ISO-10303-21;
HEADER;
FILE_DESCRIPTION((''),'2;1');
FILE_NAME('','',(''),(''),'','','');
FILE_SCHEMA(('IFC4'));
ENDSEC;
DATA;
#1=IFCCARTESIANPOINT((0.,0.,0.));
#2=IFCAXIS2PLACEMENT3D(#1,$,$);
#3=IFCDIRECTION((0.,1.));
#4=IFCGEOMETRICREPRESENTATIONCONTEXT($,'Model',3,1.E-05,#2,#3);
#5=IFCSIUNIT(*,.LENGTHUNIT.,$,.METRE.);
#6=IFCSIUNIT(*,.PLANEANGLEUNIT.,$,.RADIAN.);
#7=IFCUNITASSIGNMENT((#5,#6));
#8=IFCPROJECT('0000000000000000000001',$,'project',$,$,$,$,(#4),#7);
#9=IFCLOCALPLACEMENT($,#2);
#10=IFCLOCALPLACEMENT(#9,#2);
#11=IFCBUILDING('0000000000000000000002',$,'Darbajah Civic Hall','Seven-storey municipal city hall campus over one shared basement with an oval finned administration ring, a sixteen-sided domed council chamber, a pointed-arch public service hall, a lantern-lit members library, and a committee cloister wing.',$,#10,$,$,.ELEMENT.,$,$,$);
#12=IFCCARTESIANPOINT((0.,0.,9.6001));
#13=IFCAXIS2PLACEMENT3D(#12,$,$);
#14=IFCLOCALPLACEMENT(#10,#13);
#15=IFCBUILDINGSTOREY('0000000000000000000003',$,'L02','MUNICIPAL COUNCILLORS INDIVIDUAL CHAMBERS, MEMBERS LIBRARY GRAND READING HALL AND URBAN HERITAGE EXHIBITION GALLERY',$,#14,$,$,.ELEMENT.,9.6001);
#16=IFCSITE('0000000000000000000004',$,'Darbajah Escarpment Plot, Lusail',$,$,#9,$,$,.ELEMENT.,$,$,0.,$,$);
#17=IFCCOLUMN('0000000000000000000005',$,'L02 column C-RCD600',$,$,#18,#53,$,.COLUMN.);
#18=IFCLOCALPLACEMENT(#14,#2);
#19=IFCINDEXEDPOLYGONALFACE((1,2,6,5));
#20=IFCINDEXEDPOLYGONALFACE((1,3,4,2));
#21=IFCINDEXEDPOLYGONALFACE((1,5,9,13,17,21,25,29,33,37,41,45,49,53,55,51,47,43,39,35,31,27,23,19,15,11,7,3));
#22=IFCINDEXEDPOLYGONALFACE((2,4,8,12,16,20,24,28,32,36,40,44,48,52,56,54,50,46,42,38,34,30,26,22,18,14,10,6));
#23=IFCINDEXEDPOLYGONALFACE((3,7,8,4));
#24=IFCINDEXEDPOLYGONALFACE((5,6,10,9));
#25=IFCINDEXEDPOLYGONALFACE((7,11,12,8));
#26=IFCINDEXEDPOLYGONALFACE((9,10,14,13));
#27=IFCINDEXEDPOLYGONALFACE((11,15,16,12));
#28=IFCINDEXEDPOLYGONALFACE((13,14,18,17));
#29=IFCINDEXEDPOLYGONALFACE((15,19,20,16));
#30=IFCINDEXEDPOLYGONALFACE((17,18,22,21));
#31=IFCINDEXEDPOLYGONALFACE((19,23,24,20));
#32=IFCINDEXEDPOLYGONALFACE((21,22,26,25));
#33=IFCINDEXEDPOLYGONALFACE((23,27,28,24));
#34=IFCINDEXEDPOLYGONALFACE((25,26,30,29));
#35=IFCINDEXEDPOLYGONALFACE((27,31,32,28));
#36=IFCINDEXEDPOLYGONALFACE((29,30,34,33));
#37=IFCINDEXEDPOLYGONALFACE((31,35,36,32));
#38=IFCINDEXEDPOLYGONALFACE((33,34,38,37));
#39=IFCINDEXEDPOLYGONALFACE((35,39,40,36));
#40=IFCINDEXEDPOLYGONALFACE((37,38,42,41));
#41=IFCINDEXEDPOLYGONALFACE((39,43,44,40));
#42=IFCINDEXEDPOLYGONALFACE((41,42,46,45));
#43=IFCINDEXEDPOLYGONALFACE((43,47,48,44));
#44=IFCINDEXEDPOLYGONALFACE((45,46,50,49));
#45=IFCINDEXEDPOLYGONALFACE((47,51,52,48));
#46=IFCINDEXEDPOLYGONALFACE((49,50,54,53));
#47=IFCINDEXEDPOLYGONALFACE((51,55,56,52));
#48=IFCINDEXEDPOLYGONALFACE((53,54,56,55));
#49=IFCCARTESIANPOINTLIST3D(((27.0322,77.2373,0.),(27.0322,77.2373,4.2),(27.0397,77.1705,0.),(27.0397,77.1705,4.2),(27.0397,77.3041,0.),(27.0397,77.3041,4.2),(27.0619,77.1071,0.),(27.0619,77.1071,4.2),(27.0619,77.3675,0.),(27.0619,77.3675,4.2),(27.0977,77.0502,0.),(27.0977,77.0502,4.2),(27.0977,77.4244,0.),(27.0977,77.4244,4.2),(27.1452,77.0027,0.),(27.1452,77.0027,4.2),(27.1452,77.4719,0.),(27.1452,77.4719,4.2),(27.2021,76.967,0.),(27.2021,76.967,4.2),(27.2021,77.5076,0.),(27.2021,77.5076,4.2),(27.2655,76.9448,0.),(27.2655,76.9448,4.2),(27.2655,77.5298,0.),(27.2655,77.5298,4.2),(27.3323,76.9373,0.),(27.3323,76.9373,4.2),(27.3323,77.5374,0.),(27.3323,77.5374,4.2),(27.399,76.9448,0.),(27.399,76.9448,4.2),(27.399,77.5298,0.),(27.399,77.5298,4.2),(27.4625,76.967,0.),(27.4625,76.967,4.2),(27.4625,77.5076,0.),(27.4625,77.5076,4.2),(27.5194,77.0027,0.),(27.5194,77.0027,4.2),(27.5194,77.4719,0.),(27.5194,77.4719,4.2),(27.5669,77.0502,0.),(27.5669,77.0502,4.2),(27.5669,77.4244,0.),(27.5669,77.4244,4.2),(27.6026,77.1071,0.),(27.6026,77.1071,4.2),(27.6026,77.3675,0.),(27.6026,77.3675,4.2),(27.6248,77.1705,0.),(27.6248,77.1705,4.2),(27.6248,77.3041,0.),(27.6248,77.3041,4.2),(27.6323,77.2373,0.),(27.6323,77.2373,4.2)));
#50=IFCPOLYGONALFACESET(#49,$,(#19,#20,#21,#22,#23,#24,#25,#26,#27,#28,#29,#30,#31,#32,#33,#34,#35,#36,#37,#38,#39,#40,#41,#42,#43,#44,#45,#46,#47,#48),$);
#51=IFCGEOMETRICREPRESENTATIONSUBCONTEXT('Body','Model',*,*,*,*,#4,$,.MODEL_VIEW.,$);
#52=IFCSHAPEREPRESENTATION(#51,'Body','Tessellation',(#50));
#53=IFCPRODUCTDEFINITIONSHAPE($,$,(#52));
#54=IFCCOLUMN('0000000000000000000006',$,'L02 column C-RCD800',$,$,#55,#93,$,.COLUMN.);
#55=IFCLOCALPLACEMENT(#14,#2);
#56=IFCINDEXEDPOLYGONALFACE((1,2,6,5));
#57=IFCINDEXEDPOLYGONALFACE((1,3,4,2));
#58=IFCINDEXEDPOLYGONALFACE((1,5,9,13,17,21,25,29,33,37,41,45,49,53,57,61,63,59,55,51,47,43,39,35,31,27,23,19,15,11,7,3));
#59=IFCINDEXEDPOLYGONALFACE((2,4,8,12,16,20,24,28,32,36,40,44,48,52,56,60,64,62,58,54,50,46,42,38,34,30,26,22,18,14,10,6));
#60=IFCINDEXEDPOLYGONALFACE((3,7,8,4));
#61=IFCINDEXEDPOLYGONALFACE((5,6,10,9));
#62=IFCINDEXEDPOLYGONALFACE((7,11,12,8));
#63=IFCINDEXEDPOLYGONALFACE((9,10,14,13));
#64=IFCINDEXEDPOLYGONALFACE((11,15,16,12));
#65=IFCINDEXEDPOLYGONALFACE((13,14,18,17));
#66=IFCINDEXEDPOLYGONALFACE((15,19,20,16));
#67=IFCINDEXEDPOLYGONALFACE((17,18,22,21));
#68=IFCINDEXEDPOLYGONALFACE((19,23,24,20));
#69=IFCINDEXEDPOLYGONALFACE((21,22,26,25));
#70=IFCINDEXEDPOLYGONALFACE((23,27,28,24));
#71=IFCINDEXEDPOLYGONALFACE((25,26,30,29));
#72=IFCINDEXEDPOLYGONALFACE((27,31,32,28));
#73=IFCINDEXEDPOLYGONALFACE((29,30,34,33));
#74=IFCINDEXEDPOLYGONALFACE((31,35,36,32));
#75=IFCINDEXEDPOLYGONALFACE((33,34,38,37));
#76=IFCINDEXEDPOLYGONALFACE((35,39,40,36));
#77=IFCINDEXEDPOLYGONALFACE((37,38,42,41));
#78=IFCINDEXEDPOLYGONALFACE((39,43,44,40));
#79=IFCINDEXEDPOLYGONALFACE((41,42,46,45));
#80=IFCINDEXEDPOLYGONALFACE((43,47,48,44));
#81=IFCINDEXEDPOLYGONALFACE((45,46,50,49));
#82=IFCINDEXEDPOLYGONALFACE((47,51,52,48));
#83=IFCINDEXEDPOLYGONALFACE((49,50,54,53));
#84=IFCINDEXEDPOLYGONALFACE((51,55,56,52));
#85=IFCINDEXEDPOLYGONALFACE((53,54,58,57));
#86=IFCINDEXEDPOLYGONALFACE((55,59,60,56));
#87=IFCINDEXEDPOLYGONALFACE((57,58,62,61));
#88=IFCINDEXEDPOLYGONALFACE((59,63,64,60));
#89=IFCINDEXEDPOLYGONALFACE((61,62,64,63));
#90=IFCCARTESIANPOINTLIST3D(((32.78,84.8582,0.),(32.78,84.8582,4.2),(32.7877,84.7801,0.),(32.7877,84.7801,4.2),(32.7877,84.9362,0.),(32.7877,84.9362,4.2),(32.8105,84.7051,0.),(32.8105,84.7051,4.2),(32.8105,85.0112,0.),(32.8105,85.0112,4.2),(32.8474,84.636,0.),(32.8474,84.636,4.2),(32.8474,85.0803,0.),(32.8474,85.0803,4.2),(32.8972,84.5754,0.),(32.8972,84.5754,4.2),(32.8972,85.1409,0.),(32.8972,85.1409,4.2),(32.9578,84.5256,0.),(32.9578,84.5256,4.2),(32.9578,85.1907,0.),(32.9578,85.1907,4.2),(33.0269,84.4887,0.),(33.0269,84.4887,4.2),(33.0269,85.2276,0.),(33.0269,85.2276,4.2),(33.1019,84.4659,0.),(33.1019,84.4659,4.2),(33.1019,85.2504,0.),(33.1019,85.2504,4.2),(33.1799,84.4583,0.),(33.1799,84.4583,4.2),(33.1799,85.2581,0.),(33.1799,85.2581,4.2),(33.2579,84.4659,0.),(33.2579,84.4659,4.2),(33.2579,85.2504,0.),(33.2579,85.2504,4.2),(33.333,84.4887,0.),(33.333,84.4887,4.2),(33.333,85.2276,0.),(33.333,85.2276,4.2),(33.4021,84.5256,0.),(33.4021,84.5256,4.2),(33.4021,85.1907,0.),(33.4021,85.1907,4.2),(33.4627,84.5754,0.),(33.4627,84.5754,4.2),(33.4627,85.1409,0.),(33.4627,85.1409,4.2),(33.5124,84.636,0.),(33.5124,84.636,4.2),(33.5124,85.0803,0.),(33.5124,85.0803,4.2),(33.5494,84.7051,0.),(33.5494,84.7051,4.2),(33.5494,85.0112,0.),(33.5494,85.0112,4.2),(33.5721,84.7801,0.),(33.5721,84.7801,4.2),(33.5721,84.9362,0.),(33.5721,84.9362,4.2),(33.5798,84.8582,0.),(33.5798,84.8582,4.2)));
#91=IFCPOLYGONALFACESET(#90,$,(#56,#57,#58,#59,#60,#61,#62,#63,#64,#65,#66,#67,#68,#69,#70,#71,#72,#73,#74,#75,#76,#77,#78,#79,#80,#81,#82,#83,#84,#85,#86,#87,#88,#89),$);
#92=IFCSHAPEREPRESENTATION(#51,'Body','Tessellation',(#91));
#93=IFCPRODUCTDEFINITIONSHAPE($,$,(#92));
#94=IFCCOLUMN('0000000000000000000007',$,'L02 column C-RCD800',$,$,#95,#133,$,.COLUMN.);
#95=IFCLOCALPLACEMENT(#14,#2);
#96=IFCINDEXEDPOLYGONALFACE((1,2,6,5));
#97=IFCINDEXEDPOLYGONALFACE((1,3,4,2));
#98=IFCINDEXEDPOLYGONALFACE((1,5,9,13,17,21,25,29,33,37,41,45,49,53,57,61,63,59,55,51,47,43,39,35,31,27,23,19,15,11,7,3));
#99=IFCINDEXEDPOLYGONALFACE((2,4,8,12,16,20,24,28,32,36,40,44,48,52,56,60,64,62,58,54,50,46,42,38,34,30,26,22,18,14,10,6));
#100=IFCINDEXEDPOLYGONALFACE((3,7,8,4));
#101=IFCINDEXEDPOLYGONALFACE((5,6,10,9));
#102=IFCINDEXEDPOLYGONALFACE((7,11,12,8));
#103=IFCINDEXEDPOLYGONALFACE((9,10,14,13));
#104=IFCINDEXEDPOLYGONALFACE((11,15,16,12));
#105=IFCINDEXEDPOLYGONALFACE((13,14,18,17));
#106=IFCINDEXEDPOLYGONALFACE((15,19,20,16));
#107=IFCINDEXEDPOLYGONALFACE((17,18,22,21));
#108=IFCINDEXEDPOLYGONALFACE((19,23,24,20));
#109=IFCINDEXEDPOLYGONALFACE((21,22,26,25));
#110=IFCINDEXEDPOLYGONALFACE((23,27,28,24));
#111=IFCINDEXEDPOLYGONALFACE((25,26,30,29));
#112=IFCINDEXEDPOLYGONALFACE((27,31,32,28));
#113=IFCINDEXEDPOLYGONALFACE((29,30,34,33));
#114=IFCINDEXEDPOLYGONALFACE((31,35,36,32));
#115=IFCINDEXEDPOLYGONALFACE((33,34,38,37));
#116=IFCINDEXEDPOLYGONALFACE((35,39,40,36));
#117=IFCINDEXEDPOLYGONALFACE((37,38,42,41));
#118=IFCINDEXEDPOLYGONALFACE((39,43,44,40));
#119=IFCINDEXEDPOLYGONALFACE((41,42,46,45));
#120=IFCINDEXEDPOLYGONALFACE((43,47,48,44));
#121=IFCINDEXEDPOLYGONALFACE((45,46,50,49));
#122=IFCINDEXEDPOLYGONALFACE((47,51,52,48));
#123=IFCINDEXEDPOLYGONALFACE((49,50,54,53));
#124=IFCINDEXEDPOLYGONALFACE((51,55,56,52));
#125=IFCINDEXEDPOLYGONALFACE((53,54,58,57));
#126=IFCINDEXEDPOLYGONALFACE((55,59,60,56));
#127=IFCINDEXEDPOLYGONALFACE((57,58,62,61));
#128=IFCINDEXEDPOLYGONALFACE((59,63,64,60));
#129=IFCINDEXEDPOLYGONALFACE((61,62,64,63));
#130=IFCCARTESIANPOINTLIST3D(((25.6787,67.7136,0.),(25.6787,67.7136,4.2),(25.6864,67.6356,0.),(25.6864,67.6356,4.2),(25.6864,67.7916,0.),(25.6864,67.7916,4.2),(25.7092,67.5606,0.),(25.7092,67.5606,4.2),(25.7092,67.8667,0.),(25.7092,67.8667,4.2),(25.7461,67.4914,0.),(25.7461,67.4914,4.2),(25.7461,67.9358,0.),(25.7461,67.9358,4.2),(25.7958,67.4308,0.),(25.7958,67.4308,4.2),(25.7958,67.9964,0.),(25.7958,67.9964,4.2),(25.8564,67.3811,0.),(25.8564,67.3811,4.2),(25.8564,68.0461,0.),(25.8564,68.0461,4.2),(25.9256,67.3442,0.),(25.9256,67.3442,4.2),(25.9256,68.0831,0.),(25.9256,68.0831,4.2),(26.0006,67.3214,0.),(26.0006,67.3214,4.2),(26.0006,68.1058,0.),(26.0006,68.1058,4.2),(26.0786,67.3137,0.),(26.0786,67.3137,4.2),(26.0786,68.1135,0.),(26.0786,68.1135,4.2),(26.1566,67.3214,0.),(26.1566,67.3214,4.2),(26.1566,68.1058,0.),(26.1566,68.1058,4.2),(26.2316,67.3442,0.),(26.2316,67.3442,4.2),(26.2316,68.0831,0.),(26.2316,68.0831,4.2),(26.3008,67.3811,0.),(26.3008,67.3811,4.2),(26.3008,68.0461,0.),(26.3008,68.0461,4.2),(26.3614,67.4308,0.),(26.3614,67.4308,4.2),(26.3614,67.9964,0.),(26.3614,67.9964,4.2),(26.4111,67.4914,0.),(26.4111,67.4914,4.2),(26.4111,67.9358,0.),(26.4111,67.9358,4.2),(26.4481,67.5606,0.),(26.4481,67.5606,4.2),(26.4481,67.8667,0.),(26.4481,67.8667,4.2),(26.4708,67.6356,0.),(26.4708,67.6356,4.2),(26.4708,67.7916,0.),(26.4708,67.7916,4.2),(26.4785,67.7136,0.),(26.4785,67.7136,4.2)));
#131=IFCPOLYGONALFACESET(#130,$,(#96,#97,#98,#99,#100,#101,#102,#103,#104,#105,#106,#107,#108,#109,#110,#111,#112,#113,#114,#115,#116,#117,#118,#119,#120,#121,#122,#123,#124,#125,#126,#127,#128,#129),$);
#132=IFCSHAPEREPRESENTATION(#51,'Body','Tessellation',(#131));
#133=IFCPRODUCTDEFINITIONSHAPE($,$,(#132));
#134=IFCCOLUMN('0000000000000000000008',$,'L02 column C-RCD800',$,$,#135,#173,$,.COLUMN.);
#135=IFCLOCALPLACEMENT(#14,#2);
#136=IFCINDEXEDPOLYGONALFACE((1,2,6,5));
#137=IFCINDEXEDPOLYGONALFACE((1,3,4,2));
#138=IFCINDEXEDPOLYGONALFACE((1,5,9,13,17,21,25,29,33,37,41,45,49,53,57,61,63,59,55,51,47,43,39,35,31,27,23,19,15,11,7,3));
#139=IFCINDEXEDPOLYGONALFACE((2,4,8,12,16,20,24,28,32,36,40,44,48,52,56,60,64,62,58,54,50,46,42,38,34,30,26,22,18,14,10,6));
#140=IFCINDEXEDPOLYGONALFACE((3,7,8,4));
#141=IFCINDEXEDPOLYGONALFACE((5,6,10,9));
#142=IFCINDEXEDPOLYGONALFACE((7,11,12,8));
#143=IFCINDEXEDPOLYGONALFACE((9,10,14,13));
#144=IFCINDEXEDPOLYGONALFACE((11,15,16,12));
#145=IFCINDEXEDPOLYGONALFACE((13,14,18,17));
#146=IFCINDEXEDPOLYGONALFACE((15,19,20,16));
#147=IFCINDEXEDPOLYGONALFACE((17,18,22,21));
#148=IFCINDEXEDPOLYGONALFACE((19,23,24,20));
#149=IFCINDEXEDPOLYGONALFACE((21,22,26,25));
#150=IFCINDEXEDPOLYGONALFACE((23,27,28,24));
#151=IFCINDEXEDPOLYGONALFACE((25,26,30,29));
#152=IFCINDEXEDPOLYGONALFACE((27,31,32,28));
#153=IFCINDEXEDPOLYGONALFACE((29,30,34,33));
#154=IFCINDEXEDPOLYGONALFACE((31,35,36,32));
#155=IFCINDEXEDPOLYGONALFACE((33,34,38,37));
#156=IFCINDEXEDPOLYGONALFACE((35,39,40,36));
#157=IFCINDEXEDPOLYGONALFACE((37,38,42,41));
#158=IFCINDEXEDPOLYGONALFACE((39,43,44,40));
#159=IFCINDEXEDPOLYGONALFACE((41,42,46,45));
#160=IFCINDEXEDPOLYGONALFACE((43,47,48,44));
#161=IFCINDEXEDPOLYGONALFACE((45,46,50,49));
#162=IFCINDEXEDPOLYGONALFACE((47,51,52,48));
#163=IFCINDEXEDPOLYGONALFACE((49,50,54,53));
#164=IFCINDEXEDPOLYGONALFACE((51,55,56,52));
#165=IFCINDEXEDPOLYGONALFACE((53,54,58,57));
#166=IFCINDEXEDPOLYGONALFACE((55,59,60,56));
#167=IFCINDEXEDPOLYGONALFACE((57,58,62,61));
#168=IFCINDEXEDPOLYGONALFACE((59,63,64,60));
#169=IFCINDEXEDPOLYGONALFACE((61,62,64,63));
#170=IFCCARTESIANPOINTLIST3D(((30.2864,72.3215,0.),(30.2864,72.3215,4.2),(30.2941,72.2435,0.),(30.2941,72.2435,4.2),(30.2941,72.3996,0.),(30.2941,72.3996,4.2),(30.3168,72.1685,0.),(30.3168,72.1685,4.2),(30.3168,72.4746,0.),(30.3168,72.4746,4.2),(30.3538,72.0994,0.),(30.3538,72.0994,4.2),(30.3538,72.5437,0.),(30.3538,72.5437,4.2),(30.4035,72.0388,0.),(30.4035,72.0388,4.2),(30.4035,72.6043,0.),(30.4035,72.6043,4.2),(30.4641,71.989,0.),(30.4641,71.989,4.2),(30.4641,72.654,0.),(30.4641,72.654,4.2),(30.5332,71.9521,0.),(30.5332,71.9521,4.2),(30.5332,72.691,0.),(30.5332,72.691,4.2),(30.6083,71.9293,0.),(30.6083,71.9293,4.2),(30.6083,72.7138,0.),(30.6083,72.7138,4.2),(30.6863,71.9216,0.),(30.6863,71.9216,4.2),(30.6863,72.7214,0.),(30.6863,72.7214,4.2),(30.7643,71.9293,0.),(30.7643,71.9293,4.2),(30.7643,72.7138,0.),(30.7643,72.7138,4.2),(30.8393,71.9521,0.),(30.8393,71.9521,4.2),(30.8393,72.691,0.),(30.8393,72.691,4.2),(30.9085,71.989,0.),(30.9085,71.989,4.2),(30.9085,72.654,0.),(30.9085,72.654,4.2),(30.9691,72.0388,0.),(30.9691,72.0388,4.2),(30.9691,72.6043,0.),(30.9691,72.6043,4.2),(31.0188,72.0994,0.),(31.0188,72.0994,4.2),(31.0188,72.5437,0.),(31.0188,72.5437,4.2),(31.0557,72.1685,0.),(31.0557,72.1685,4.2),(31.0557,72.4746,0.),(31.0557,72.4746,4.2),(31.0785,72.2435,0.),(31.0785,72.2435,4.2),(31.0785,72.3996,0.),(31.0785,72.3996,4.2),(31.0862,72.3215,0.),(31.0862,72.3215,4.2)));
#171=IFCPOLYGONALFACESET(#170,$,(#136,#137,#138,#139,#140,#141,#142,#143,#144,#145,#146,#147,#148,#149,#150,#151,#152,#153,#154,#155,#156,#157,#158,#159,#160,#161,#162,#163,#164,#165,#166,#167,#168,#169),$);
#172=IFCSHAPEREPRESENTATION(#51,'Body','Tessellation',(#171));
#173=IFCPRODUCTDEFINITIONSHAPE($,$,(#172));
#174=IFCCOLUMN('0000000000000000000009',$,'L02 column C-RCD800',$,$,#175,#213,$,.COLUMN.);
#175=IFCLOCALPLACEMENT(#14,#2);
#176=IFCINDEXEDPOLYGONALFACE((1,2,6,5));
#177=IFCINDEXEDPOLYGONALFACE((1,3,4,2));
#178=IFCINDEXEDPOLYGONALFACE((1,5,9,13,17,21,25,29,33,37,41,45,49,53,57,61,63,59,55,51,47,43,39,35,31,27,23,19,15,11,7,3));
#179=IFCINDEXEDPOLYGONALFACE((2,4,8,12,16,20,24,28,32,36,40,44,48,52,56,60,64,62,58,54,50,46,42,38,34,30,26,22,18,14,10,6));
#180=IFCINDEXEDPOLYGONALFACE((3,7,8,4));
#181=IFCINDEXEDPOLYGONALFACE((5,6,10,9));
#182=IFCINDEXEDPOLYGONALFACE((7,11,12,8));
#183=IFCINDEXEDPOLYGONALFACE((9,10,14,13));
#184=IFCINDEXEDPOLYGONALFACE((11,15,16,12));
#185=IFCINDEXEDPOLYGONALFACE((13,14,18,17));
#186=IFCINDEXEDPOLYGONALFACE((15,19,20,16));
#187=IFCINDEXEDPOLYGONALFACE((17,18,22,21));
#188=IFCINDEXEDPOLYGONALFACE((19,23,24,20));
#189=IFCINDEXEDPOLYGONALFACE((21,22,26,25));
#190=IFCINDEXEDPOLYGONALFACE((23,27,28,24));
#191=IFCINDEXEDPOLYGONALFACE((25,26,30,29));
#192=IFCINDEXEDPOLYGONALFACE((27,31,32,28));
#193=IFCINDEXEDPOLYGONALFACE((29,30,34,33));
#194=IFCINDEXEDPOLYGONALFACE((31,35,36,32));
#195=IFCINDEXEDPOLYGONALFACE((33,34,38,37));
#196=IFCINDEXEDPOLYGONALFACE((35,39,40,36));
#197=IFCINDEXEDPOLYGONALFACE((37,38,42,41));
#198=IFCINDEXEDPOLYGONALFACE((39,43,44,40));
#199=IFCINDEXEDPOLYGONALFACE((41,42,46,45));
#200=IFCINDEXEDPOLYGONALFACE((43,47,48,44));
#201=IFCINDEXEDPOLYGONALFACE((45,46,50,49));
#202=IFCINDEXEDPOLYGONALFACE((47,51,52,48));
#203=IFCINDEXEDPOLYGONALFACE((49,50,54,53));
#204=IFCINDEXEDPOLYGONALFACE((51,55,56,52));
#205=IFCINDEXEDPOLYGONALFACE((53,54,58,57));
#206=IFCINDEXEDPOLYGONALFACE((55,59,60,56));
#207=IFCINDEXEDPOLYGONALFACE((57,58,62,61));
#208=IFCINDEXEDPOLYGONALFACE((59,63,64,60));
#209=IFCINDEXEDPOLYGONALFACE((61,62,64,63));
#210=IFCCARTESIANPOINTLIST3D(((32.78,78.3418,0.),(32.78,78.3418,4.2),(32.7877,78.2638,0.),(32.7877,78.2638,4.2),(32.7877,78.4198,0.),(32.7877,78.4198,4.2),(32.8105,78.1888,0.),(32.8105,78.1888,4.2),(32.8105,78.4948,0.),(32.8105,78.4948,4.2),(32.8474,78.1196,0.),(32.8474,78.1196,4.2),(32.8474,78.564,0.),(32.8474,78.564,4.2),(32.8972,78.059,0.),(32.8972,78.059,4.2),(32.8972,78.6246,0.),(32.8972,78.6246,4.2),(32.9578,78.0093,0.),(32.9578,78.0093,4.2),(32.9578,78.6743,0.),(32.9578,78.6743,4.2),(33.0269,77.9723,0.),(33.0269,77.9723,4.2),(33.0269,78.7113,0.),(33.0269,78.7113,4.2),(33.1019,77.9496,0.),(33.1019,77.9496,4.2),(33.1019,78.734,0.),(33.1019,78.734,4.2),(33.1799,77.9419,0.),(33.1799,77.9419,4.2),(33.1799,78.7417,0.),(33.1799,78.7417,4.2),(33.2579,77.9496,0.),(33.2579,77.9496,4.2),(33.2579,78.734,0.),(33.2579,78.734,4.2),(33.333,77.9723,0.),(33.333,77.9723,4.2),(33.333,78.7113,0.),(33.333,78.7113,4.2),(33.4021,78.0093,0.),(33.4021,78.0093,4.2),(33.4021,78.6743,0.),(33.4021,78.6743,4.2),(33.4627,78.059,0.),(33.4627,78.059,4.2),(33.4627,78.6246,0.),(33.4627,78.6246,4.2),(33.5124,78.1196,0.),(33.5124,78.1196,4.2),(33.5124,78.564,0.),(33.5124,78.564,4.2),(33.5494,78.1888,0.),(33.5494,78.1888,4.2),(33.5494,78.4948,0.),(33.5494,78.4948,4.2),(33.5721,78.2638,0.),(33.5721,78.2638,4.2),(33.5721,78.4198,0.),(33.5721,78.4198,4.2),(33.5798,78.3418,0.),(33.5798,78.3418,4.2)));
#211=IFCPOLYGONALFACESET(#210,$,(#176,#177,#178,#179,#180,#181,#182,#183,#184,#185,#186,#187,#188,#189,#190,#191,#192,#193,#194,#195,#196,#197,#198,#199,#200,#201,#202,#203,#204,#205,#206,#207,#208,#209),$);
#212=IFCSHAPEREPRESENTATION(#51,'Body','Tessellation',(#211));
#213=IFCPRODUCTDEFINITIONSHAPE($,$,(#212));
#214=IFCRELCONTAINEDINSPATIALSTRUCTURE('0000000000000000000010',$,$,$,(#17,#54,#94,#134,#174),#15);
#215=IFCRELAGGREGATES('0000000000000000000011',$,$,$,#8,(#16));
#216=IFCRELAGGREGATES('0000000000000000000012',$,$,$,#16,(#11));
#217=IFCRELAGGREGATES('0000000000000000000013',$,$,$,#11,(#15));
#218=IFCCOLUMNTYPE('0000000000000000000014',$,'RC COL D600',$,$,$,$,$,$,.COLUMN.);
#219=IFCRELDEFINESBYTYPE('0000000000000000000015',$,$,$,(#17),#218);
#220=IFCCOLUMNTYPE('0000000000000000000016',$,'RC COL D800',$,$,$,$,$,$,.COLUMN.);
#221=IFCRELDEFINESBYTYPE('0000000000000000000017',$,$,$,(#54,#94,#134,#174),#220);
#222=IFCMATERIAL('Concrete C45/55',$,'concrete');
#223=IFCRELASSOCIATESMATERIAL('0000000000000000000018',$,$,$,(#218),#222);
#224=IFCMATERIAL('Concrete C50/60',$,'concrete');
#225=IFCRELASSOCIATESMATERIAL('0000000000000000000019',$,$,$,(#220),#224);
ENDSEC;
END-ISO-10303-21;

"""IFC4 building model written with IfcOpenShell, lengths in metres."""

from ifc_helpers import new_model, si_unit, direction, frame, origin, origin_2d, place, context, subcontext, project, spatial, circle, extrude, material, material_profile, profile_set, type_object, element, save


model = new_model("IFC4")

# Units and contexts
model_context = context("Model", 3, precision=1e-05, world=origin(), true_north=direction((0.0, 1.0)))
body_context = subcontext(model_context, "Body", "Model", "MODEL_VIEW")
ifc_project = project(units=[si_unit("LENGTHUNIT", "METRE"), si_unit("PLANEANGLEUNIT", "RADIAN")], contexts=[model_context])

# Site, building, storey
site_placement = place(None, origin())
site = spatial("IfcSite", under=ifc_project, at=site_placement, Name="Darbajah Escarpment Plot, Lusail", CompositionType="ELEMENT", RefElevation=0.0)
building_placement = place(site_placement, origin())
building = spatial("IfcBuilding", under=site, at=building_placement, Name="Darbajah Civic Hall", Description="Seven-storey municipal city hall campus over one shared basement with an oval finned administration ring, a sixteen-sided domed council chamber, a pointed-arch public service hall, a lantern-lit members library, and a committee cloister wing.", CompositionType="ELEMENT")
storey_placement = place(building_placement, frame((0.0, 0.0, 9.6001)))
storey = spatial("IfcBuildingStorey", under=building, at=storey_placement, Name="L02", Description="MUNICIPAL COUNCILLORS INDIVIDUAL CHAMBERS, MEMBERS LIBRARY GRAND READING HALL AND URBAN HERITAGE EXHIBITION GALLERY", CompositionType="ELEMENT", Elevation=9.6001)

# Columns
ifc_material_1 = material(Name="Concrete C45/55", Category="concrete")
ifc_material_profile_1 = material_profile(ifc_material_1, circle(Radius=0.3, at=origin_2d()), Name="RC COL D600")
ifc_profile_set_1 = profile_set([ifc_material_profile_1], Name="Concrete C45/55")
column_type_1 = type_object("IfcColumnType", Name="RC COL D600", PredefinedType="COLUMN", material=ifc_profile_set_1)
column_placement = place(storey_placement, frame((27.3323, 77.2373, 0.0), z_axis=(0.0, 0.0, 1.0), x_axis=(1.0, 0.0, 0.0)))
element("IfcColumn", 1, at=column_placement, inside=storey, type_object=column_type_1, Name="L02 column C-RCD600", PredefinedType="COLUMN", context=body_context, shape_type="SweptSolid", body=[
    extrude(circle(Radius=0.3, at=origin_2d()), origin(), (0.0, 0.0, 1.0), 4.2),
])
ifc_material_2 = material(Name="Concrete C50/60", Category="concrete")
ifc_material_profile_2 = material_profile(ifc_material_2, circle(Radius=0.3999, at=origin_2d()), Name="RC COL D800")
ifc_profile_set_2 = profile_set([ifc_material_profile_2], Name="Concrete C50/60")
column_type_2 = type_object("IfcColumnType", Name="RC COL D800", PredefinedType="COLUMN", material=ifc_profile_set_2)
for number, where, z_axis, x_axis, name in (
    (2, (33.1799, 84.8582, 0.0), (0.0, 0.0, 1.0), (1.0, 0.0, 0.0), "L02 column C-RCD800"),
    (3, (26.0786, 67.7136, 0.0), (0.0, 0.0, 1.0), (1.0, 0.0, 0.0), "L02 column C-RCD800"),
    (4, (30.6863, 72.3215, 0.0), (0.0, 0.0, 1.0), (1.0, 0.0, 0.0), "L02 column C-RCD800"),
    (5, (33.1799, 78.3418, 0.0), (0.0, 0.0, 1.0), (1.0, 0.0, 0.0), "L02 column C-RCD800"),
):
    element("IfcColumn", number, at=place(storey_placement, frame(where, z_axis=z_axis, x_axis=x_axis)), inside=storey, type_object=column_type_2, Name=name, PredefinedType="COLUMN", context=body_context, shape_type="SweptSolid", body=[
        extrude(circle(Radius=0.3999, at=origin_2d()), origin(), (0.0, 0.0, 1.0), 4.2),
    ])

save(model, "model.ifc")
